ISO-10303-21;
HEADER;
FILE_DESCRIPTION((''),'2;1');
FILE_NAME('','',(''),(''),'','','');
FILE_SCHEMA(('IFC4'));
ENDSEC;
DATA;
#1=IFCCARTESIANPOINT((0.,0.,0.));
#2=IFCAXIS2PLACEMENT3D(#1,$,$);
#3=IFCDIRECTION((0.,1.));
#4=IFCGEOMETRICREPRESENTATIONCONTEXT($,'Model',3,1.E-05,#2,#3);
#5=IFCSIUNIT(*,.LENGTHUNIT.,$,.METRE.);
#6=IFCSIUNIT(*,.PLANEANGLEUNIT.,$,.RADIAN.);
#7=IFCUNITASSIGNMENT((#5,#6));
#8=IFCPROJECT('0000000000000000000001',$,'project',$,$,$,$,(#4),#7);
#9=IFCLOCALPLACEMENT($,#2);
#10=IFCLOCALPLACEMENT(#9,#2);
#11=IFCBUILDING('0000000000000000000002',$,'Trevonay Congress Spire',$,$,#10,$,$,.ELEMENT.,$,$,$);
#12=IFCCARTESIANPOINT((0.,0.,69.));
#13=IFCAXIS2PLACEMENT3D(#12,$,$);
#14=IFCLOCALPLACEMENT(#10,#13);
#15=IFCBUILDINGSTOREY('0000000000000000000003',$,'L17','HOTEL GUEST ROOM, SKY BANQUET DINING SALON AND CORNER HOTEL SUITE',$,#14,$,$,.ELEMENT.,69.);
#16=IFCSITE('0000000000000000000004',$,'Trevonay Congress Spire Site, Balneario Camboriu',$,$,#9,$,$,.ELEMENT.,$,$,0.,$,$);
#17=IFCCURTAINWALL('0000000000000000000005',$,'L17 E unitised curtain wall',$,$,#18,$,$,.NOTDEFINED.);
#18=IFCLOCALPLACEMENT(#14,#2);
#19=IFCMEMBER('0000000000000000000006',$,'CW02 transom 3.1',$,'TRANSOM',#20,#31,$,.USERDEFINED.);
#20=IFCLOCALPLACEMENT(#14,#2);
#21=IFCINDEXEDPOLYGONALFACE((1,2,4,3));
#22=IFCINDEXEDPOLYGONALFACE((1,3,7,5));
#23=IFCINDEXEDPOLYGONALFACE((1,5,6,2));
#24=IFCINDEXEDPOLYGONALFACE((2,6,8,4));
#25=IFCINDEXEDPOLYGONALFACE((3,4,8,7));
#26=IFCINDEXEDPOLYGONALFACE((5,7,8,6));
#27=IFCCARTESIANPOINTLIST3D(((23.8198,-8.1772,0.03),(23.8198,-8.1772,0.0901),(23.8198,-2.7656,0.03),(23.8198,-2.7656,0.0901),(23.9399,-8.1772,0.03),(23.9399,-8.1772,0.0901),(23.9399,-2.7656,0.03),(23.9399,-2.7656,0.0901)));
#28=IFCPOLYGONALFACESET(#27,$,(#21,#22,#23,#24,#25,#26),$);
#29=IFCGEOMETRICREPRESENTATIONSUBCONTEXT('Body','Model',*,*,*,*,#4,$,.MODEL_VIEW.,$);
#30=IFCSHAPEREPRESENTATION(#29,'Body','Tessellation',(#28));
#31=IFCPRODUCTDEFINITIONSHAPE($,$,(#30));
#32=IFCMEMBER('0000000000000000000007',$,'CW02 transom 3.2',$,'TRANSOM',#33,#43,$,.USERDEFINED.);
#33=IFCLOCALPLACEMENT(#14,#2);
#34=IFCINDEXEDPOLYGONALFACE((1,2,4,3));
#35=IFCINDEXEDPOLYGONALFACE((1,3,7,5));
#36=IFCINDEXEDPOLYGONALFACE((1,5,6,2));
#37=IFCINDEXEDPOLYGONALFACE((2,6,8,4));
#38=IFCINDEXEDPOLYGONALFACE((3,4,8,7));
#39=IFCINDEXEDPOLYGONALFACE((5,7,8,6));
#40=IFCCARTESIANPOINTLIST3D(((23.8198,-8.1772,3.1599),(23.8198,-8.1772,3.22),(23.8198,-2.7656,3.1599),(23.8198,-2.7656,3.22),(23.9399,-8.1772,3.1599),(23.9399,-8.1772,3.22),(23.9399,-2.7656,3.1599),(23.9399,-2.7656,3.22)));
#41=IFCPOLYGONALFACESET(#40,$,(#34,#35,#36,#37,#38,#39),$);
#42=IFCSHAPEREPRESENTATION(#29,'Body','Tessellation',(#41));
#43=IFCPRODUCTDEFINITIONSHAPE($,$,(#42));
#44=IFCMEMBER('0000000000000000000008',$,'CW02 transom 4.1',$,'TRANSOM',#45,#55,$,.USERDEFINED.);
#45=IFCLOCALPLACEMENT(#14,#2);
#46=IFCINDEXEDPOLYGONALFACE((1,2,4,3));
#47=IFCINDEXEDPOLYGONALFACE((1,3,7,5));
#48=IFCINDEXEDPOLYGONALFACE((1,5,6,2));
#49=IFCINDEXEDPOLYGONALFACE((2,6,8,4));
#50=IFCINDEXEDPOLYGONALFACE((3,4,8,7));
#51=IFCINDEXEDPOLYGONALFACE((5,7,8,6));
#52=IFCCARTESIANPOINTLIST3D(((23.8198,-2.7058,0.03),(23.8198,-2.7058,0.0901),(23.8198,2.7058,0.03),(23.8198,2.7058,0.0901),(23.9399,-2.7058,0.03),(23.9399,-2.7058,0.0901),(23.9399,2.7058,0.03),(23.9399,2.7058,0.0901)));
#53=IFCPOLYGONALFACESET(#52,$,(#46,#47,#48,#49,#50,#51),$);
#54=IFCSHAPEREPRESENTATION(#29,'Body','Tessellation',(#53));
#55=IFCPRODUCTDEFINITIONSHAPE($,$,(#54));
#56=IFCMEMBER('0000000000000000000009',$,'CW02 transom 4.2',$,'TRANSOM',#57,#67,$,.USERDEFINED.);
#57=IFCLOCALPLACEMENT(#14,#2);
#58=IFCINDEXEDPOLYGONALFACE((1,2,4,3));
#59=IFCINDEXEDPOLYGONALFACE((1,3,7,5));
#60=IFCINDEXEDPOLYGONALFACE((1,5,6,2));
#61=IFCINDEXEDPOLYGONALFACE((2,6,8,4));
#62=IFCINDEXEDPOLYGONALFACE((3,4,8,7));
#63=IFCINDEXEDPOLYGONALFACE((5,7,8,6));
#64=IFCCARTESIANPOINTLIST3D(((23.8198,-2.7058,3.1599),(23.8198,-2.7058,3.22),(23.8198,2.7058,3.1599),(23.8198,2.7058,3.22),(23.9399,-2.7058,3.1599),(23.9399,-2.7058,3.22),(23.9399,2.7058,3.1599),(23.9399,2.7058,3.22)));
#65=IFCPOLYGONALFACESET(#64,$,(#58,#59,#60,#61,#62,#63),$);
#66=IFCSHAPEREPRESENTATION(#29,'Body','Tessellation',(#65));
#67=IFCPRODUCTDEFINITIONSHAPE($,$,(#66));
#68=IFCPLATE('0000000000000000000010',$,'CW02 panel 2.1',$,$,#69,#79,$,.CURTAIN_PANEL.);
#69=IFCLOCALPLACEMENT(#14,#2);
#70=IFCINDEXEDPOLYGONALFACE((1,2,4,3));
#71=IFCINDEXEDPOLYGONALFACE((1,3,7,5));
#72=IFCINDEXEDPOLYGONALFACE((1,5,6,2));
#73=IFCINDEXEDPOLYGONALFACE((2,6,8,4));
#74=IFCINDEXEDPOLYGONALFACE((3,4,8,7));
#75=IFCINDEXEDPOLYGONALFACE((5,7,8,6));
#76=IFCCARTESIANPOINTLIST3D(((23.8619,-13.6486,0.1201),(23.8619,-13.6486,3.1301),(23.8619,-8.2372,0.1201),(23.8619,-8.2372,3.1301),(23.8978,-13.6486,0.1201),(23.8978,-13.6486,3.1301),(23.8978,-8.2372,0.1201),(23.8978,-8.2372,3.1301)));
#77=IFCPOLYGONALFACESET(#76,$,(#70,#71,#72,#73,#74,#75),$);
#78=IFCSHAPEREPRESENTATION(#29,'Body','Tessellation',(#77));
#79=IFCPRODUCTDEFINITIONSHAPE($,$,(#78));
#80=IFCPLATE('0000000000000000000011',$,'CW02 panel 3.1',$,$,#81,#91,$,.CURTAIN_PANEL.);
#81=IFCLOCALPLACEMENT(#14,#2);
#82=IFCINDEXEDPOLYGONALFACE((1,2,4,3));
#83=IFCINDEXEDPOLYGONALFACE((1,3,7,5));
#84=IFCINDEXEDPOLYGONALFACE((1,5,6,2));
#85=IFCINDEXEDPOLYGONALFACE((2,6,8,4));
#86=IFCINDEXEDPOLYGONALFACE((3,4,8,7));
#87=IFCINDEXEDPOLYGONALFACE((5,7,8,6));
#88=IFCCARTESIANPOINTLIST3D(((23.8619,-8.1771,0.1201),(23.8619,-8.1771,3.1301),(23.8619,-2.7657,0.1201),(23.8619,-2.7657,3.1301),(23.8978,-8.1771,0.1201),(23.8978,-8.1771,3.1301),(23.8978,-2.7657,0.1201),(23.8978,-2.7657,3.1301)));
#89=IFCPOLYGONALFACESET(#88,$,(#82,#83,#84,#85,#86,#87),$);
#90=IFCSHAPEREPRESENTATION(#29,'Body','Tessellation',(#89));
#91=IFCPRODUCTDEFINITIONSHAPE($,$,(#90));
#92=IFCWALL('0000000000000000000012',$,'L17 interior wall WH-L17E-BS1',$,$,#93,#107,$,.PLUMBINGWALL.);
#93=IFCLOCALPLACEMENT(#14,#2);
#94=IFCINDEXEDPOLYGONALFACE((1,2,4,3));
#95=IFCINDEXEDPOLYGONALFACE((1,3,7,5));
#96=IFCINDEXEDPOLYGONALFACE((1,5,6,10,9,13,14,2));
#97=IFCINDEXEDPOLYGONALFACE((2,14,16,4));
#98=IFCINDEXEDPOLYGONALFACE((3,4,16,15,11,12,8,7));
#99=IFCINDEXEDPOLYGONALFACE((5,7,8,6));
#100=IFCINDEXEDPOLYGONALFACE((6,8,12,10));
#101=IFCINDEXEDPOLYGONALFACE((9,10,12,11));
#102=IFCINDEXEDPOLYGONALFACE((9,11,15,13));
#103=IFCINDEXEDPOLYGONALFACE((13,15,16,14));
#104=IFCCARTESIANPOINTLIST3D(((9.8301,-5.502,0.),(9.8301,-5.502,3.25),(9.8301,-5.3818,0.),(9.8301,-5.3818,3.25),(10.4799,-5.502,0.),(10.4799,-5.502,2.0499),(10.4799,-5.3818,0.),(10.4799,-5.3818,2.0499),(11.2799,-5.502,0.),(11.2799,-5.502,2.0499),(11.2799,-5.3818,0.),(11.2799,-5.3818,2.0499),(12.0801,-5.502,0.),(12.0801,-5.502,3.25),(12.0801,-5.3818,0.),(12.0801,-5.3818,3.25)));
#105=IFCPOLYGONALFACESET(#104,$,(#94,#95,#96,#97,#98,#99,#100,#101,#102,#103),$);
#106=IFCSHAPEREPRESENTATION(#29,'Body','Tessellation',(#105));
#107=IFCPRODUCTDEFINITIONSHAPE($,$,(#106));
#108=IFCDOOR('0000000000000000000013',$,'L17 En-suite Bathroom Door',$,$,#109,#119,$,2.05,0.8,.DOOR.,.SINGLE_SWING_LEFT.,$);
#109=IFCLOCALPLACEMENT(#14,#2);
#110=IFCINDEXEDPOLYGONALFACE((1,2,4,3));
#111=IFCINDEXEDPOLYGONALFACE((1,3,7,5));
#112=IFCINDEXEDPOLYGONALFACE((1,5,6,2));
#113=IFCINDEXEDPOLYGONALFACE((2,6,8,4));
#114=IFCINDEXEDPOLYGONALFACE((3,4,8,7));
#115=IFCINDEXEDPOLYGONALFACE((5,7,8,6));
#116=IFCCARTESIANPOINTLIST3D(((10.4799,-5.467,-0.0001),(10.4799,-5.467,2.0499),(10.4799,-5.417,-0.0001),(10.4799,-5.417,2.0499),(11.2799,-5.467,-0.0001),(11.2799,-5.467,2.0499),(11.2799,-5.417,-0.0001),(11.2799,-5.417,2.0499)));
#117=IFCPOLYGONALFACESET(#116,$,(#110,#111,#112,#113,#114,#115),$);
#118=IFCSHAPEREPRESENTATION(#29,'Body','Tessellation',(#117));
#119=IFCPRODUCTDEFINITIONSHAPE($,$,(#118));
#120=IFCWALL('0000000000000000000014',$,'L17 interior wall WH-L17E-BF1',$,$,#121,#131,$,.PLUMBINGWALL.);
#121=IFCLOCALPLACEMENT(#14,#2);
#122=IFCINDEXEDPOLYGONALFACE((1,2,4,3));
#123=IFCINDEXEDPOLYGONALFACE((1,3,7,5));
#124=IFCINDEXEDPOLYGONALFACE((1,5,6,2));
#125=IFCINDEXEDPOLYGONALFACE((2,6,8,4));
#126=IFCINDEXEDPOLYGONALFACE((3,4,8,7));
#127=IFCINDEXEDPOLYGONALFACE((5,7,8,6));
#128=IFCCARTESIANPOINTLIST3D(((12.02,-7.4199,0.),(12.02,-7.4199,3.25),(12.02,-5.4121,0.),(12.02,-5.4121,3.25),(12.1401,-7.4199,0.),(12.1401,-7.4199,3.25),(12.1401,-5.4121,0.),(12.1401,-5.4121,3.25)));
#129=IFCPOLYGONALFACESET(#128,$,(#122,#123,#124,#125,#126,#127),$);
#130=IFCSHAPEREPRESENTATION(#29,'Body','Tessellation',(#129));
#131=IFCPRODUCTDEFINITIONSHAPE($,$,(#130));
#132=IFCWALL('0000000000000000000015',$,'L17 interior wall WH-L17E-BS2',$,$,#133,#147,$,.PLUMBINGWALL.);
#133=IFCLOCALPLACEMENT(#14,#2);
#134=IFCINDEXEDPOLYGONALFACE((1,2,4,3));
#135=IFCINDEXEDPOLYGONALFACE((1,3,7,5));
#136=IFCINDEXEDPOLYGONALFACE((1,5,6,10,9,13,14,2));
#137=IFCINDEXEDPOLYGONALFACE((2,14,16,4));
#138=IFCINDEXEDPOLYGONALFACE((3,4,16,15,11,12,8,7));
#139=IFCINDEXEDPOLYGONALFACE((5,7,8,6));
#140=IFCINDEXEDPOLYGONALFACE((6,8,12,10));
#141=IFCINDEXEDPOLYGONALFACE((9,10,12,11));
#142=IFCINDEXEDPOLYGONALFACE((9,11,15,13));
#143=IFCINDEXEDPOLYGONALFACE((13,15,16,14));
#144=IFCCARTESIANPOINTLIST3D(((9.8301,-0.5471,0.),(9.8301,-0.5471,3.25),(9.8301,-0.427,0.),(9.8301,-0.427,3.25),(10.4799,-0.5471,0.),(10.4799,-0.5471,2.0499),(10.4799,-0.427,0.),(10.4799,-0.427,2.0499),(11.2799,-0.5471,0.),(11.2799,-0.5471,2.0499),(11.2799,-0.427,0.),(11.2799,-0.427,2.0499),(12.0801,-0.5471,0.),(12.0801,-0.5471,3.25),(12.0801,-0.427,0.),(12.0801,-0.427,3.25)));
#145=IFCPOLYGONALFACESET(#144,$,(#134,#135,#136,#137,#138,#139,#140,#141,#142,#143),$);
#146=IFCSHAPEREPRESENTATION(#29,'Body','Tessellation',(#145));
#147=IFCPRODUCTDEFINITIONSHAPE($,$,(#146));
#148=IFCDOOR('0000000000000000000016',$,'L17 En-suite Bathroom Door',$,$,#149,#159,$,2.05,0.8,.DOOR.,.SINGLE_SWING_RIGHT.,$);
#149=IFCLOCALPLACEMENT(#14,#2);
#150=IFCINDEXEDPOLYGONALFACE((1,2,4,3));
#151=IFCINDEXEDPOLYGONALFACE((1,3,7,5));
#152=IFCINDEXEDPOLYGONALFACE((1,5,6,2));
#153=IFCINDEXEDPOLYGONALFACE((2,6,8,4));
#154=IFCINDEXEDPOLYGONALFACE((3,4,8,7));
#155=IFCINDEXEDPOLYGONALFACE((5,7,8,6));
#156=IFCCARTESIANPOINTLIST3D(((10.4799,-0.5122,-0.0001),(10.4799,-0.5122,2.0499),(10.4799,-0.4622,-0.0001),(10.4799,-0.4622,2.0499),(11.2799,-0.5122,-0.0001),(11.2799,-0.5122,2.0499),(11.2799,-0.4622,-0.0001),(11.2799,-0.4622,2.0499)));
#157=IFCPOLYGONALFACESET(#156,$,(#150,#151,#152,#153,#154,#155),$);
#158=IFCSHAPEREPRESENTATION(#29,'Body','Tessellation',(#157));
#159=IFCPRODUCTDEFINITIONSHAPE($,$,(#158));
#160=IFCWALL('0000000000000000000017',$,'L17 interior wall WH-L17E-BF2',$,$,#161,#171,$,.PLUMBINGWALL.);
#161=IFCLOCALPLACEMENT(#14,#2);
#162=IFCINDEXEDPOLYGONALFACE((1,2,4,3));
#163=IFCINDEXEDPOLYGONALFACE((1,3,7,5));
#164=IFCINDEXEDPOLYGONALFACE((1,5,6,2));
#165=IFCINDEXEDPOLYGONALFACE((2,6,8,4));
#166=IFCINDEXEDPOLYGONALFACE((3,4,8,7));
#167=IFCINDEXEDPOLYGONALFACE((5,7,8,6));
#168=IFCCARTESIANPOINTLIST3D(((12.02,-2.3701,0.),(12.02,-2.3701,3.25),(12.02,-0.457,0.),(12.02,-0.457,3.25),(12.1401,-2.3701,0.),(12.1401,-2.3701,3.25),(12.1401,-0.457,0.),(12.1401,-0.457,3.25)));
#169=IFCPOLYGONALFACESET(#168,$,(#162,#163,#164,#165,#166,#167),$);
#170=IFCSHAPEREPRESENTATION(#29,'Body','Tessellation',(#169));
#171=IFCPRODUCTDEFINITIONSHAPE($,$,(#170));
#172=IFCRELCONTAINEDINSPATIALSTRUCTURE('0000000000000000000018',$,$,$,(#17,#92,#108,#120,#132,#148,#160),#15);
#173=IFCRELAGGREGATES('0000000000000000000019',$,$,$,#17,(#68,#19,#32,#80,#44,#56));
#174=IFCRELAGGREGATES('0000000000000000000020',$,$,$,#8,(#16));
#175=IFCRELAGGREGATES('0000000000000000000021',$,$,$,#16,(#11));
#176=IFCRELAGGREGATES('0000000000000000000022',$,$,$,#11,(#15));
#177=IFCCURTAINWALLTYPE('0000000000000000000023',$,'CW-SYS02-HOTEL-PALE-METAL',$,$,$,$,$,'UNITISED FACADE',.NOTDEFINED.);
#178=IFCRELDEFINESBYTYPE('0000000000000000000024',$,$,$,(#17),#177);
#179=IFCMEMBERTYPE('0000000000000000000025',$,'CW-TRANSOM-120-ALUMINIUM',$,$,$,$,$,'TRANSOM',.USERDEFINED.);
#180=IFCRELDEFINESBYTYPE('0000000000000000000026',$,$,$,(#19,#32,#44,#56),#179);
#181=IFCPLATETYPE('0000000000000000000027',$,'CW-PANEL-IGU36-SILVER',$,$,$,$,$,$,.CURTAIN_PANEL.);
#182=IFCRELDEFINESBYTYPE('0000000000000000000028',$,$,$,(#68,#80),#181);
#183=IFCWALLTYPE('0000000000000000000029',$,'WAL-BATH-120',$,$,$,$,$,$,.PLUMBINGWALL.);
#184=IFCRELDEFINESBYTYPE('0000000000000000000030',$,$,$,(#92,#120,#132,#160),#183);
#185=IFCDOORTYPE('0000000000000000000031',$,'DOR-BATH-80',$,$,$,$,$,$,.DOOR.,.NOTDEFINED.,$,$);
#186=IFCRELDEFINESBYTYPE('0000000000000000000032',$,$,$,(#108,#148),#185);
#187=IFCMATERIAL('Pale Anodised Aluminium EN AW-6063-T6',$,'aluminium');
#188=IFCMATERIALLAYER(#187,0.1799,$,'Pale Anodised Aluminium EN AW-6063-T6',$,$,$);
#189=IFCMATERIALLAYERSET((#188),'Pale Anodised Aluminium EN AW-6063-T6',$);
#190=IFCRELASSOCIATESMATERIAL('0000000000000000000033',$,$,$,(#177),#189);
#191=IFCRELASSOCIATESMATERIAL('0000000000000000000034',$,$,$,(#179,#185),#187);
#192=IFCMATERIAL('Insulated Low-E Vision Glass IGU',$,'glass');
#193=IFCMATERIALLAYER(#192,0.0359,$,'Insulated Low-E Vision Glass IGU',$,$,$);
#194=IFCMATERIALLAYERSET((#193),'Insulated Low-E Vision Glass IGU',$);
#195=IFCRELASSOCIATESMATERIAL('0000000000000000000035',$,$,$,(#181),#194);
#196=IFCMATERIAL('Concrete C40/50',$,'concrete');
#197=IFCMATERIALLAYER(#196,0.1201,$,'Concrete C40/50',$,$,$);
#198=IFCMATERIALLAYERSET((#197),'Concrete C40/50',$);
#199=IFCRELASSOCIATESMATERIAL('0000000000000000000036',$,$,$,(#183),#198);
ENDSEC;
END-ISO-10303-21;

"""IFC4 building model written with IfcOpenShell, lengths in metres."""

from ifc_helpers import new_model, si_unit, direction, frame, frame_2d, origin, origin_2d, place, context, subcontext, project, spatial, rectangle, extrude, material, layer, layer_set, material_profile, profile_set, type_object, element, fill, aggregate, save


model = new_model("IFC4")

# Units and contexts
model_context = context("Model", 3, precision=1e-05, world=origin(), true_north=direction((0.0, 1.0)))
body_context = subcontext(model_context, "Body", "Model", "MODEL_VIEW")
ifc_project = project(units=[si_unit("LENGTHUNIT", "METRE"), si_unit("PLANEANGLEUNIT", "RADIAN")], contexts=[model_context])

# Site, building, storey
site_placement = place(None, origin())
site = spatial("IfcSite", under=ifc_project, at=site_placement, Name="Trevonay Congress Spire Site, Balneario Camboriu", CompositionType="ELEMENT", RefElevation=0.0)
building_placement = place(site_placement, origin())
building = spatial("IfcBuilding", under=site, at=building_placement, Name="Trevonay Congress Spire", CompositionType="ELEMENT")
storey_placement = place(building_placement, frame((0.0, 0.0, 69.0)))
storey = spatial("IfcBuildingStorey", under=building, at=storey_placement, Name="L17", Description="HOTEL GUEST ROOM, SKY BANQUET DINING SALON AND CORNER HOTEL SUITE", CompositionType="ELEMENT", Elevation=69.0)

# Curtain wall, members, plates
ifc_material_1 = material(Name="Pale Anodised Aluminium EN AW-6063-T6", Category="aluminium")
ifc_layer_1 = layer(ifc_material_1, 0.1799, Name="Pale Anodised Aluminium EN AW-6063-T6")
ifc_layer_set_1 = layer_set([ifc_layer_1], Name="Pale Anodised Aluminium EN AW-6063-T6")
curtain_wall_type = type_object("IfcCurtainWallType", Name="CW-SYS02-HOTEL-PALE-METAL", ElementType="UNITISED FACADE", PredefinedType="NOTDEFINED", material=ifc_layer_set_1)
curtain_wall_placement = place(storey_placement, origin())
curtain_wall = element("IfcCurtainWall", 1, at=curtain_wall_placement, inside=storey, type_object=curtain_wall_type, Name="L17 E unitised curtain wall", PredefinedType="NOTDEFINED")
ifc_material_profile_1 = material_profile(ifc_material_1, rectangle(XDim=0.1201, YDim=0.0601, at=origin_2d()), Name="CW-TRANSOM-120-ALUMINIUM")
ifc_profile_set_1 = profile_set([ifc_material_profile_1], Name="Pale Anodised Aluminium EN AW-6063-T6")
member_type_1 = type_object("IfcMemberType", Name="CW-TRANSOM-120-ALUMINIUM", ElementType="TRANSOM", PredefinedType="USERDEFINED", material=ifc_profile_set_1)
member_1_placement = place(storey_placement, frame((23.8799, -8.1772, 0.0601), z_axis=(0.0, 1.0, 0.0), x_axis=(-1.0, 0.0, 0.0)))
member_1 = element("IfcMember", 2, at=member_1_placement, type_object=member_type_1, Name="CW02 transom 3.1", ObjectType="TRANSOM", PredefinedType="USERDEFINED", context=body_context, shape_type="SweptSolid", body=[
    extrude(rectangle(XDim=0.1201, YDim=0.0601, at=origin_2d()), origin(), (0.0, 0.0, 1.0), 5.4116),
])
member_2_placement = place(storey_placement, frame((23.8799, -8.1772, 3.1899), z_axis=(0.0, 1.0, 0.0), x_axis=(-1.0, 0.0, 0.0)))
member_2 = element("IfcMember", 3, at=member_2_placement, type_object=member_type_1, Name="CW02 transom 3.2", ObjectType="TRANSOM", PredefinedType="USERDEFINED", context=body_context, shape_type="SweptSolid", body=[
    extrude(rectangle(XDim=0.1201, YDim=0.0601, at=origin_2d()), origin(), (0.0, 0.0, 1.0), 5.4116),
])
member_3_placement = place(storey_placement, frame((23.8799, -2.7058, 0.0601), z_axis=(0.0, 1.0, 0.0), x_axis=(-1.0, 0.0, 0.0)))
member_3 = element("IfcMember", 4, at=member_3_placement, type_object=member_type_1, Name="CW02 transom 4.1", ObjectType="TRANSOM", PredefinedType="USERDEFINED", context=body_context, shape_type="SweptSolid", body=[
    extrude(rectangle(XDim=0.1201, YDim=0.0601, at=origin_2d()), origin(), (0.0, 0.0, 1.0), 5.4116),
])
member_4_placement = place(storey_placement, frame((23.8799, -2.7058, 3.1899), z_axis=(0.0, 1.0, 0.0), x_axis=(-1.0, 0.0, 0.0)))
member_4 = element("IfcMember", 5, at=member_4_placement, type_object=member_type_1, Name="CW02 transom 4.2", ObjectType="TRANSOM", PredefinedType="USERDEFINED", context=body_context, shape_type="SweptSolid", body=[
    extrude(rectangle(XDim=0.1201, YDim=0.0601, at=origin_2d()), origin(), (0.0, 0.0, 1.0), 5.4116),
])
ifc_material_2 = material(Name="Insulated Low-E Vision Glass IGU", Category="glass")
ifc_layer_2 = layer(ifc_material_2, 0.0359, Name="Insulated Low-E Vision Glass IGU")
ifc_layer_set_2 = layer_set([ifc_layer_2], Name="Insulated Low-E Vision Glass IGU")
plate_type = type_object("IfcPlateType", Name="CW-PANEL-IGU36-SILVER", PredefinedType="CURTAIN_PANEL", material=ifc_layer_set_2)
plate_1_placement = place(storey_placement, frame((23.8799, -10.9429, 0.1201), z_axis=(0.0, 0.0, 1.0), x_axis=(0.0, 1.0, 0.0)))
plate_1 = element("IfcPlate", 6, at=plate_1_placement, type_object=plate_type, Name="CW02 panel 2.1", PredefinedType="CURTAIN_PANEL", context=body_context, shape_type="SweptSolid", body=[
    extrude(rectangle(XDim=5.4114, YDim=0.0359, at=origin_2d()), origin(), (0.0, 0.0, 1.0), 3.01),
])
plate_2_placement = place(storey_placement, frame((23.8799, -5.4714, 0.1201), z_axis=(0.0, 0.0, 1.0), x_axis=(0.0, 1.0, 0.0)))
plate_2 = element("IfcPlate", 7, at=plate_2_placement, type_object=plate_type, Name="CW02 panel 3.1", PredefinedType="CURTAIN_PANEL", context=body_context, shape_type="SweptSolid", body=[
    extrude(rectangle(XDim=5.4114, YDim=0.0359, at=origin_2d()), origin(), (0.0, 0.0, 1.0), 3.01),
])
aggregate(curtain_wall, [plate_1, member_1, member_2, plate_2, member_3, member_4])

# Wall, opening, door
ifc_material_3 = material(Name="Concrete C40/50", Category="concrete")
ifc_layer_3 = layer(ifc_material_3, 0.1201, Name="Concrete C40/50")
ifc_layer_set_3 = layer_set([ifc_layer_3], Name="Concrete C40/50")
wall_type_1 = type_object("IfcWallType", Name="WAL-BATH-120", PredefinedType="PLUMBINGWALL", material=ifc_layer_set_3)
wall_1_placement = place(storey_placement, frame((9.8301, -5.4419, 0.0), z_axis=(0.0, 0.0, 1.0), x_axis=(1.0, 0.0, 0.0)))
wall_1 = element("IfcWall", 8, at=wall_1_placement, inside=storey, type_object=wall_type_1, Name="L17 interior wall WH-L17E-BS1", PredefinedType="PLUMBINGWALL", context=body_context, shape_type="SweptSolid", body=[
    extrude(rectangle(XDim=2.25, YDim=0.1201, at=frame_2d((1.125, 0.0))), origin(), (0.0, 0.0, 1.0), 3.25),
])
opening_1_placement = place(wall_1_placement, frame((0.6499, 0.0, 0.0)))
opening_1 = element("IfcOpeningElement", 9, at=opening_1_placement, cuts=wall_1, PredefinedType="OPENING", context=body_context, shape_type="SweptSolid", body=[
    extrude(rectangle(XDim=0.8, YDim=2.05, at=frame_2d((0.3999, 1.0249))), frame((0.0, 0.0701, 0.0), z_axis=(0.0, -1.0, 0.0), x_axis=(1.0, 0.0, 0.0)), (0.0, 0.0, 1.0), 0.1401),
])
door_type_1 = type_object("IfcDoorType", Name="DOR-BATH-80", OperationType="NOTDEFINED", PredefinedType="DOOR", material=ifc_material_1)
door_1_placement = place(opening_1_placement, origin())
door_1 = element("IfcDoor", 10, at=door_1_placement, inside=storey, type_object=door_type_1, Name="L17 En-suite Bathroom Door", OperationType="SINGLE_SWING_LEFT", OverallHeight=2.05, OverallWidth=0.8, PredefinedType="DOOR", context=body_context, shape_type="SweptSolid", body=[
    extrude(rectangle(XDim=0.8, YDim=2.05, at=frame_2d((0.3999, 1.0249))), frame((0.0, 0.0249, 0.0), z_axis=(0.0, -1.0, 0.0), x_axis=(1.0, 0.0, 0.0)), (0.0, 0.0, 1.0), 0.05),
])
fill(opening_1, door_1)

# Wall
wall_2_placement = place(storey_placement, frame((12.0801, -7.4199, 0.0), z_axis=(0.0, 0.0, 1.0), x_axis=(0.0, 1.0, 0.0)))
element("IfcWall", 11, at=wall_2_placement, inside=storey, type_object=wall_type_1, Name="L17 interior wall WH-L17E-BF1", PredefinedType="PLUMBINGWALL", context=body_context, shape_type="SweptSolid", body=[
    extrude(rectangle(XDim=2.0078, YDim=0.1201, at=frame_2d((1.0039, 0.0))), origin(), (0.0, 0.0, 1.0), 3.25),
])

# Wall, opening, door
wall_3_placement = place(storey_placement, frame((9.8301, -0.4871, 0.0), z_axis=(0.0, 0.0, 1.0), x_axis=(1.0, 0.0, 0.0)))
wall_3 = element("IfcWall", 12, at=wall_3_placement, inside=storey, type_object=wall_type_1, Name="L17 interior wall WH-L17E-BS2", PredefinedType="PLUMBINGWALL", context=body_context, shape_type="SweptSolid", body=[
    extrude(rectangle(XDim=2.25, YDim=0.1201, at=frame_2d((1.125, 0.0))), origin(), (0.0, 0.0, 1.0), 3.25),
])
opening_2_placement = place(wall_3_placement, frame((0.6499, 0.0, 0.0)))
opening_2 = element("IfcOpeningElement", 13, at=opening_2_placement, cuts=wall_3, PredefinedType="OPENING", context=body_context, shape_type="SweptSolid", body=[
    extrude(rectangle(XDim=0.8, YDim=2.05, at=frame_2d((0.3999, 1.0249))), frame((0.0, 0.0701, 0.0), z_axis=(0.0, -1.0, 0.0), x_axis=(1.0, 0.0, 0.0)), (0.0, 0.0, 1.0), 0.1401),
])
door_2_placement = place(opening_2_placement, origin())
door_2 = element("IfcDoor", 14, at=door_2_placement, inside=storey, type_object=door_type_1, Name="L17 En-suite Bathroom Door", OperationType="SINGLE_SWING_RIGHT", OverallHeight=2.05, OverallWidth=0.8, PredefinedType="DOOR", context=body_context, shape_type="SweptSolid", body=[
    extrude(rectangle(XDim=0.8, YDim=2.05, at=frame_2d((0.3999, 1.0249))), frame((0.0, 0.0249, 0.0), z_axis=(0.0, -1.0, 0.0), x_axis=(1.0, 0.0, 0.0)), (0.0, 0.0, 1.0), 0.05),
])
fill(opening_2, door_2)

# Wall
wall_4_placement = place(storey_placement, frame((12.0801, -2.3701, 0.0), z_axis=(0.0, 0.0, 1.0), x_axis=(0.0, 1.0, 0.0)))
element("IfcWall", 15, at=wall_4_placement, inside=storey, type_object=wall_type_1, Name="L17 interior wall WH-L17E-BF2", PredefinedType="PLUMBINGWALL", context=body_context, shape_type="SweptSolid", body=[
    extrude(rectangle(XDim=1.9131, YDim=0.1201, at=frame_2d((0.9565, 0.0))), origin(), (0.0, 0.0, 1.0), 3.25),
])

save(model, "model.ifc")
